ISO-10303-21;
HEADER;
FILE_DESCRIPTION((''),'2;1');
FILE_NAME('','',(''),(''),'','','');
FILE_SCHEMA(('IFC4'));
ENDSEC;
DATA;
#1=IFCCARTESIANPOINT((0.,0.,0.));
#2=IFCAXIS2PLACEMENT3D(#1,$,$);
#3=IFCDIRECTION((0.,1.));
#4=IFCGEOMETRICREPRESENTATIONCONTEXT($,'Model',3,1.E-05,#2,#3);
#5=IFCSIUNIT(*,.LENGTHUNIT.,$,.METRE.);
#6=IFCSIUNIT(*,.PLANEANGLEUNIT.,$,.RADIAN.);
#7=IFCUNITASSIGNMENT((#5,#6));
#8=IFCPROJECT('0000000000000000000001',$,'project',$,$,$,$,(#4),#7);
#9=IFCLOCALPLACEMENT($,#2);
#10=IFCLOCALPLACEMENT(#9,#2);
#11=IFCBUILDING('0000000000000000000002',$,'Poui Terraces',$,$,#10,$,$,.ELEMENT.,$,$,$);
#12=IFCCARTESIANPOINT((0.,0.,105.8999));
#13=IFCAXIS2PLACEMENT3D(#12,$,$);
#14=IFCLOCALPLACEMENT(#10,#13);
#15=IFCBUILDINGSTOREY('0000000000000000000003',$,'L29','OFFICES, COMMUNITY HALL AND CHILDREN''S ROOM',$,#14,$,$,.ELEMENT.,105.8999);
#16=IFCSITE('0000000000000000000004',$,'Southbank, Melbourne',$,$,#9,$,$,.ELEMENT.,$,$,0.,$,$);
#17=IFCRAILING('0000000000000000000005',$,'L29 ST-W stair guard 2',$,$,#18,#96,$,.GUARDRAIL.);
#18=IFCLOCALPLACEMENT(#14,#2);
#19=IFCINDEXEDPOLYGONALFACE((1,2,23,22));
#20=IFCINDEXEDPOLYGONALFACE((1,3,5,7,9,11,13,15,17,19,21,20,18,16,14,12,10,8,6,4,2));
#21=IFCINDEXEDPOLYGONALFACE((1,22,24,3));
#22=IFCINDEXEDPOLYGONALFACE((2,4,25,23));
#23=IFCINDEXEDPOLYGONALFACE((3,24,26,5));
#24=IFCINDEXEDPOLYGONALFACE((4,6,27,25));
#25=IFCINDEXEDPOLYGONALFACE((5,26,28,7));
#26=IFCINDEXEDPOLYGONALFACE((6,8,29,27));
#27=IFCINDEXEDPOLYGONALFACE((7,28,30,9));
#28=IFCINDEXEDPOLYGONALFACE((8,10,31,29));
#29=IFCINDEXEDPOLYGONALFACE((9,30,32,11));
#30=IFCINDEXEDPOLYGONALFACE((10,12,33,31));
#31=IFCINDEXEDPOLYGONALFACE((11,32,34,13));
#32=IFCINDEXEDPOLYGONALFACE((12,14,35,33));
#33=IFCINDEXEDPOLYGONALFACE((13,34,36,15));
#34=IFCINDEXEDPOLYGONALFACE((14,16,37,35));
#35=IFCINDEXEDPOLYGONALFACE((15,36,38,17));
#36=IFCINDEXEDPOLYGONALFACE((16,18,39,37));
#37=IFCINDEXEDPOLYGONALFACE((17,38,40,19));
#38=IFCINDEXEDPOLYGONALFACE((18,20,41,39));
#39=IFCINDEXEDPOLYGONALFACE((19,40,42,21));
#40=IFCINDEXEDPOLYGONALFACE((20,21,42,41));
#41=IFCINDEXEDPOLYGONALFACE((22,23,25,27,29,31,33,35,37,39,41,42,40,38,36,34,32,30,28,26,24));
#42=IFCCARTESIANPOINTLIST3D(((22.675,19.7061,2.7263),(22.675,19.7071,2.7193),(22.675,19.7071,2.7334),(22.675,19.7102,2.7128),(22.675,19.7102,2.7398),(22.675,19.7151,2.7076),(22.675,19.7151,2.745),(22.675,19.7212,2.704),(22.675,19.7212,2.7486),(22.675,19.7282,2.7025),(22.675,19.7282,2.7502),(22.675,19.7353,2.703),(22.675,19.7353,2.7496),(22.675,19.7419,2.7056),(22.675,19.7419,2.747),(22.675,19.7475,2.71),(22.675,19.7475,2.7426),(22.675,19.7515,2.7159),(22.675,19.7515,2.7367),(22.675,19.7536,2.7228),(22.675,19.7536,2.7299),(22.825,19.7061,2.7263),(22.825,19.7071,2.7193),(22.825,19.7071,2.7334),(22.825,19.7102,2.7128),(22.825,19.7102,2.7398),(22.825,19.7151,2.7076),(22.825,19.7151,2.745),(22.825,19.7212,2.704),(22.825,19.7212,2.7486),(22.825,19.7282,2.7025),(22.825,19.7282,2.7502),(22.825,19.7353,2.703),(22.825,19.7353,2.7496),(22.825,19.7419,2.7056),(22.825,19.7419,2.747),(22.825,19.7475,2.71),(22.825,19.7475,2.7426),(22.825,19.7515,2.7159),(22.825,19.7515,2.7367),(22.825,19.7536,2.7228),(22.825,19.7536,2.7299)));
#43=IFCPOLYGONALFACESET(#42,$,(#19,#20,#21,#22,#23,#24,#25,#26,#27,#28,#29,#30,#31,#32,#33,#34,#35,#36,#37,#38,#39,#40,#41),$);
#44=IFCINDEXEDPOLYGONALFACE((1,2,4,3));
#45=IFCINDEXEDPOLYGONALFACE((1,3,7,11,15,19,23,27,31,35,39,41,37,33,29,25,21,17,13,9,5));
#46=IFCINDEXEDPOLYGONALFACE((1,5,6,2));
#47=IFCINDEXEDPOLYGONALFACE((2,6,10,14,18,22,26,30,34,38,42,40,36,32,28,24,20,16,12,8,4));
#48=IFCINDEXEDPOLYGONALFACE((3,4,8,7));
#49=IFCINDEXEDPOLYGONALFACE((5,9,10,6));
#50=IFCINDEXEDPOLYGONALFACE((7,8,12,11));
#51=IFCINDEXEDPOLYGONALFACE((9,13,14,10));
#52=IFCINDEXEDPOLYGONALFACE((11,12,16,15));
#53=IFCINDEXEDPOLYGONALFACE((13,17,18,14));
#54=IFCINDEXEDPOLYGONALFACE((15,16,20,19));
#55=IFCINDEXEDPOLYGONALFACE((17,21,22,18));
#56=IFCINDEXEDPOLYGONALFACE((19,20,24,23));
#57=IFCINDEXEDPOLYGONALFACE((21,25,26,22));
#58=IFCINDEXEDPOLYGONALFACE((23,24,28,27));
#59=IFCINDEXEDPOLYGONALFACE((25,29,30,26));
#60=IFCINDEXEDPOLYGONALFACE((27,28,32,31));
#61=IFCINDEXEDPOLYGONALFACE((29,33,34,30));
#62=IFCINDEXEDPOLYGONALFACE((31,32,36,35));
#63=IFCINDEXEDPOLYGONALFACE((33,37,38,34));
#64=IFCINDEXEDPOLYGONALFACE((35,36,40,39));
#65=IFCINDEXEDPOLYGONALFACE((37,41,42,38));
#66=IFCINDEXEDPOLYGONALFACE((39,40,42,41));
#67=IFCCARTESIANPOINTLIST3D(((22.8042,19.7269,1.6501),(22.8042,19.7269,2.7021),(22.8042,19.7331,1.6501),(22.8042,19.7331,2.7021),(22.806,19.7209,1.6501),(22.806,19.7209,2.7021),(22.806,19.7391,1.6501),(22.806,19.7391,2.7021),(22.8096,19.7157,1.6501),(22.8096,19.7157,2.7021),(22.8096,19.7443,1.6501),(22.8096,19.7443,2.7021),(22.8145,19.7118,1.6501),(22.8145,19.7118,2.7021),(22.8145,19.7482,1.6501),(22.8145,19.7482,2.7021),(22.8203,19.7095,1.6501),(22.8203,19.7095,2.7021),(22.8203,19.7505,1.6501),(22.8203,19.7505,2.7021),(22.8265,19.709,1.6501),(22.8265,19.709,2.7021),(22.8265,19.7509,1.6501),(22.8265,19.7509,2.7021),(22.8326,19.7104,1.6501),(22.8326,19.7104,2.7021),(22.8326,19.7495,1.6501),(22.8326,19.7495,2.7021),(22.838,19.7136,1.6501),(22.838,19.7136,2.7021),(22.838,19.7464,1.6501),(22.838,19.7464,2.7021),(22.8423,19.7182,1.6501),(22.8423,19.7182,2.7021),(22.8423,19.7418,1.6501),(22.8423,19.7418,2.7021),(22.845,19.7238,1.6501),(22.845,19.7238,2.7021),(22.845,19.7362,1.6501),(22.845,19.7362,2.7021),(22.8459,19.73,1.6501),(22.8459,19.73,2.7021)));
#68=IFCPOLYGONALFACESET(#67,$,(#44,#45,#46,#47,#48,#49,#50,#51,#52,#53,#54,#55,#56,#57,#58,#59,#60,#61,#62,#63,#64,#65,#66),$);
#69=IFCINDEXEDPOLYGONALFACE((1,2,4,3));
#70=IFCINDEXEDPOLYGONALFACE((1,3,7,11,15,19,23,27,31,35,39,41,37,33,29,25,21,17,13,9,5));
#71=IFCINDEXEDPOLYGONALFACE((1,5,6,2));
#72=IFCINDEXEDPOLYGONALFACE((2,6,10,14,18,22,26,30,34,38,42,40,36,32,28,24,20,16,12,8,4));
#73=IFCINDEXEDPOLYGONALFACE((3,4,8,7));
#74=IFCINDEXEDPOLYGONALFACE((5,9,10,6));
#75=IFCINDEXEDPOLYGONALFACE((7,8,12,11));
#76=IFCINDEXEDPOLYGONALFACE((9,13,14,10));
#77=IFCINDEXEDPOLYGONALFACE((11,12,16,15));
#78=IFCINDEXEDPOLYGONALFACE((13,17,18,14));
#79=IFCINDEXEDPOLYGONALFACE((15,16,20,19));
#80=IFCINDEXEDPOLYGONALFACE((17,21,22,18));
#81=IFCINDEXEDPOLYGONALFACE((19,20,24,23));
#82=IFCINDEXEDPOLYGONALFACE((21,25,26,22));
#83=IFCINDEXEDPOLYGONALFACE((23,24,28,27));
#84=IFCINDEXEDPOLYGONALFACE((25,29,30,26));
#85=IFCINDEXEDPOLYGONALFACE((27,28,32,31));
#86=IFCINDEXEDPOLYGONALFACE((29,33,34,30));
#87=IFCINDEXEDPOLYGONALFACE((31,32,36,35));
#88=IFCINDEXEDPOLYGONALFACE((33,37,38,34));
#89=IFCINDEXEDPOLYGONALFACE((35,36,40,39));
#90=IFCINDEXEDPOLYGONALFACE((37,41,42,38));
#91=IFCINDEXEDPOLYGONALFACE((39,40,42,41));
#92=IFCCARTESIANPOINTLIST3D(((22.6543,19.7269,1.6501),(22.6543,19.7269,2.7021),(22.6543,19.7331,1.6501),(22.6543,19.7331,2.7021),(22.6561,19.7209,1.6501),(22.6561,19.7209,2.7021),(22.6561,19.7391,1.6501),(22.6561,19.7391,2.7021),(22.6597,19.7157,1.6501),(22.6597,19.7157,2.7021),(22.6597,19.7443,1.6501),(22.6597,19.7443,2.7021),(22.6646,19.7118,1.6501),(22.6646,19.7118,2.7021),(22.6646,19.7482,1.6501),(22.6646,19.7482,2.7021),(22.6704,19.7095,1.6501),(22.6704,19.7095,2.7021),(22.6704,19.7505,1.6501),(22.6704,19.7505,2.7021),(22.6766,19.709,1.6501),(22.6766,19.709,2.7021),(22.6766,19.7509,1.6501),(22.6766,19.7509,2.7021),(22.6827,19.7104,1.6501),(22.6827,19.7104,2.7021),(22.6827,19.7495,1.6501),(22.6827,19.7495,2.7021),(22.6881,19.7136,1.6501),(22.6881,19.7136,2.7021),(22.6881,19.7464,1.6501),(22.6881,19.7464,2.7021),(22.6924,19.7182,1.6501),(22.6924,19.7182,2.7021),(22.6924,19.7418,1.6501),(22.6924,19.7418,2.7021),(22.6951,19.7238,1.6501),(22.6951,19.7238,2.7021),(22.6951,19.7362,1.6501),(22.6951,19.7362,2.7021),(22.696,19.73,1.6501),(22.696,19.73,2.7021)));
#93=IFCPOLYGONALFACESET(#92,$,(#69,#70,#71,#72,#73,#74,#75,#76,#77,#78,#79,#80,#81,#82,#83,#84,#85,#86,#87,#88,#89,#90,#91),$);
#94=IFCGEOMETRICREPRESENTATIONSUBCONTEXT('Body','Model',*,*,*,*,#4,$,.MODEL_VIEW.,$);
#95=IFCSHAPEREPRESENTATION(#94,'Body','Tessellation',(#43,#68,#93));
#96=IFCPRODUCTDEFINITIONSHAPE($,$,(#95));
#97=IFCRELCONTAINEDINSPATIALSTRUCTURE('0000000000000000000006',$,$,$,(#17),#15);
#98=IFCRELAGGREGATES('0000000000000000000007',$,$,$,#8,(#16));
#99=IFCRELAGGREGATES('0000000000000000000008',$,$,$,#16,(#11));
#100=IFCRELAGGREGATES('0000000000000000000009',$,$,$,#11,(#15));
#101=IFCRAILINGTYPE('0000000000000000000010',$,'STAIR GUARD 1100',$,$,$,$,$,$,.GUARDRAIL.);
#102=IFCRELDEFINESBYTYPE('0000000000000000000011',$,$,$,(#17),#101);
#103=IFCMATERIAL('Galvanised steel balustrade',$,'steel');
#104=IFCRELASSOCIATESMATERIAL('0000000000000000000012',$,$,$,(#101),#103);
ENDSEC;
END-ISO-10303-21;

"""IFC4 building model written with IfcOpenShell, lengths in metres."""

from ifc_helpers import new_model, si_unit, direction, frame, origin, origin_2d, place, context, subcontext, project, spatial, circle, extrude, material, type_object, element, save


model = new_model("IFC4")

# Units and contexts
model_context = context("Model", 3, precision=1e-05, world=origin(), true_north=direction((0.0, 1.0)))
body_context = subcontext(model_context, "Body", "Model", "MODEL_VIEW")
ifc_project = project(units=[si_unit("LENGTHUNIT", "METRE"), si_unit("PLANEANGLEUNIT", "RADIAN")], contexts=[model_context])

# Site, building, storey
site_placement = place(None, origin())
site = spatial("IfcSite", under=ifc_project, at=site_placement, Name="Southbank, Melbourne", CompositionType="ELEMENT", RefElevation=0.0)
building_placement = place(site_placement, origin())
building = spatial("IfcBuilding", under=site, at=building_placement, Name="Poui Terraces", CompositionType="ELEMENT")
storey_placement = place(building_placement, frame((0.0, 0.0, 105.8999)))
storey = spatial("IfcBuildingStorey", under=building, at=storey_placement, Name="L29", Description="OFFICES, COMMUNITY HALL AND CHILDREN'S ROOM", CompositionType="ELEMENT", Elevation=105.8999)

# Railing
ifc_material_1 = material(Name="Galvanised steel balustrade", Category="steel")
railing_type_1 = type_object("IfcRailingType", Name="STAIR GUARD 1100", PredefinedType="GUARDRAIL", material=ifc_material_1)
railing_1_placement = place(storey_placement, frame((22.825, 19.73, 1.6501)))
element("IfcRailing", 1, at=railing_1_placement, inside=storey, type_object=railing_type_1, Name="L29 ST-W stair guard 2", PredefinedType="GUARDRAIL", context=body_context, shape_type="SweptSolid", body=[
    extrude(circle(Radius=0.0239, at=origin_2d()), frame((0.0, 0.0, 1.0762), z_axis=(-1.0, 0.0, 0.0), x_axis=(0.0, -1.0, 0.0)), (0.0, 0.0, 1.0), 0.1499),
    extrude(circle(Radius=0.021, at=origin_2d()), origin(), (0.0, 0.0, 1.0), 1.052),
    extrude(circle(Radius=0.021, at=origin_2d()), frame((-0.1499, 0.0, 0.0)), (0.0, 0.0, 1.0), 1.052),
])

save(model, "model.ifc")
